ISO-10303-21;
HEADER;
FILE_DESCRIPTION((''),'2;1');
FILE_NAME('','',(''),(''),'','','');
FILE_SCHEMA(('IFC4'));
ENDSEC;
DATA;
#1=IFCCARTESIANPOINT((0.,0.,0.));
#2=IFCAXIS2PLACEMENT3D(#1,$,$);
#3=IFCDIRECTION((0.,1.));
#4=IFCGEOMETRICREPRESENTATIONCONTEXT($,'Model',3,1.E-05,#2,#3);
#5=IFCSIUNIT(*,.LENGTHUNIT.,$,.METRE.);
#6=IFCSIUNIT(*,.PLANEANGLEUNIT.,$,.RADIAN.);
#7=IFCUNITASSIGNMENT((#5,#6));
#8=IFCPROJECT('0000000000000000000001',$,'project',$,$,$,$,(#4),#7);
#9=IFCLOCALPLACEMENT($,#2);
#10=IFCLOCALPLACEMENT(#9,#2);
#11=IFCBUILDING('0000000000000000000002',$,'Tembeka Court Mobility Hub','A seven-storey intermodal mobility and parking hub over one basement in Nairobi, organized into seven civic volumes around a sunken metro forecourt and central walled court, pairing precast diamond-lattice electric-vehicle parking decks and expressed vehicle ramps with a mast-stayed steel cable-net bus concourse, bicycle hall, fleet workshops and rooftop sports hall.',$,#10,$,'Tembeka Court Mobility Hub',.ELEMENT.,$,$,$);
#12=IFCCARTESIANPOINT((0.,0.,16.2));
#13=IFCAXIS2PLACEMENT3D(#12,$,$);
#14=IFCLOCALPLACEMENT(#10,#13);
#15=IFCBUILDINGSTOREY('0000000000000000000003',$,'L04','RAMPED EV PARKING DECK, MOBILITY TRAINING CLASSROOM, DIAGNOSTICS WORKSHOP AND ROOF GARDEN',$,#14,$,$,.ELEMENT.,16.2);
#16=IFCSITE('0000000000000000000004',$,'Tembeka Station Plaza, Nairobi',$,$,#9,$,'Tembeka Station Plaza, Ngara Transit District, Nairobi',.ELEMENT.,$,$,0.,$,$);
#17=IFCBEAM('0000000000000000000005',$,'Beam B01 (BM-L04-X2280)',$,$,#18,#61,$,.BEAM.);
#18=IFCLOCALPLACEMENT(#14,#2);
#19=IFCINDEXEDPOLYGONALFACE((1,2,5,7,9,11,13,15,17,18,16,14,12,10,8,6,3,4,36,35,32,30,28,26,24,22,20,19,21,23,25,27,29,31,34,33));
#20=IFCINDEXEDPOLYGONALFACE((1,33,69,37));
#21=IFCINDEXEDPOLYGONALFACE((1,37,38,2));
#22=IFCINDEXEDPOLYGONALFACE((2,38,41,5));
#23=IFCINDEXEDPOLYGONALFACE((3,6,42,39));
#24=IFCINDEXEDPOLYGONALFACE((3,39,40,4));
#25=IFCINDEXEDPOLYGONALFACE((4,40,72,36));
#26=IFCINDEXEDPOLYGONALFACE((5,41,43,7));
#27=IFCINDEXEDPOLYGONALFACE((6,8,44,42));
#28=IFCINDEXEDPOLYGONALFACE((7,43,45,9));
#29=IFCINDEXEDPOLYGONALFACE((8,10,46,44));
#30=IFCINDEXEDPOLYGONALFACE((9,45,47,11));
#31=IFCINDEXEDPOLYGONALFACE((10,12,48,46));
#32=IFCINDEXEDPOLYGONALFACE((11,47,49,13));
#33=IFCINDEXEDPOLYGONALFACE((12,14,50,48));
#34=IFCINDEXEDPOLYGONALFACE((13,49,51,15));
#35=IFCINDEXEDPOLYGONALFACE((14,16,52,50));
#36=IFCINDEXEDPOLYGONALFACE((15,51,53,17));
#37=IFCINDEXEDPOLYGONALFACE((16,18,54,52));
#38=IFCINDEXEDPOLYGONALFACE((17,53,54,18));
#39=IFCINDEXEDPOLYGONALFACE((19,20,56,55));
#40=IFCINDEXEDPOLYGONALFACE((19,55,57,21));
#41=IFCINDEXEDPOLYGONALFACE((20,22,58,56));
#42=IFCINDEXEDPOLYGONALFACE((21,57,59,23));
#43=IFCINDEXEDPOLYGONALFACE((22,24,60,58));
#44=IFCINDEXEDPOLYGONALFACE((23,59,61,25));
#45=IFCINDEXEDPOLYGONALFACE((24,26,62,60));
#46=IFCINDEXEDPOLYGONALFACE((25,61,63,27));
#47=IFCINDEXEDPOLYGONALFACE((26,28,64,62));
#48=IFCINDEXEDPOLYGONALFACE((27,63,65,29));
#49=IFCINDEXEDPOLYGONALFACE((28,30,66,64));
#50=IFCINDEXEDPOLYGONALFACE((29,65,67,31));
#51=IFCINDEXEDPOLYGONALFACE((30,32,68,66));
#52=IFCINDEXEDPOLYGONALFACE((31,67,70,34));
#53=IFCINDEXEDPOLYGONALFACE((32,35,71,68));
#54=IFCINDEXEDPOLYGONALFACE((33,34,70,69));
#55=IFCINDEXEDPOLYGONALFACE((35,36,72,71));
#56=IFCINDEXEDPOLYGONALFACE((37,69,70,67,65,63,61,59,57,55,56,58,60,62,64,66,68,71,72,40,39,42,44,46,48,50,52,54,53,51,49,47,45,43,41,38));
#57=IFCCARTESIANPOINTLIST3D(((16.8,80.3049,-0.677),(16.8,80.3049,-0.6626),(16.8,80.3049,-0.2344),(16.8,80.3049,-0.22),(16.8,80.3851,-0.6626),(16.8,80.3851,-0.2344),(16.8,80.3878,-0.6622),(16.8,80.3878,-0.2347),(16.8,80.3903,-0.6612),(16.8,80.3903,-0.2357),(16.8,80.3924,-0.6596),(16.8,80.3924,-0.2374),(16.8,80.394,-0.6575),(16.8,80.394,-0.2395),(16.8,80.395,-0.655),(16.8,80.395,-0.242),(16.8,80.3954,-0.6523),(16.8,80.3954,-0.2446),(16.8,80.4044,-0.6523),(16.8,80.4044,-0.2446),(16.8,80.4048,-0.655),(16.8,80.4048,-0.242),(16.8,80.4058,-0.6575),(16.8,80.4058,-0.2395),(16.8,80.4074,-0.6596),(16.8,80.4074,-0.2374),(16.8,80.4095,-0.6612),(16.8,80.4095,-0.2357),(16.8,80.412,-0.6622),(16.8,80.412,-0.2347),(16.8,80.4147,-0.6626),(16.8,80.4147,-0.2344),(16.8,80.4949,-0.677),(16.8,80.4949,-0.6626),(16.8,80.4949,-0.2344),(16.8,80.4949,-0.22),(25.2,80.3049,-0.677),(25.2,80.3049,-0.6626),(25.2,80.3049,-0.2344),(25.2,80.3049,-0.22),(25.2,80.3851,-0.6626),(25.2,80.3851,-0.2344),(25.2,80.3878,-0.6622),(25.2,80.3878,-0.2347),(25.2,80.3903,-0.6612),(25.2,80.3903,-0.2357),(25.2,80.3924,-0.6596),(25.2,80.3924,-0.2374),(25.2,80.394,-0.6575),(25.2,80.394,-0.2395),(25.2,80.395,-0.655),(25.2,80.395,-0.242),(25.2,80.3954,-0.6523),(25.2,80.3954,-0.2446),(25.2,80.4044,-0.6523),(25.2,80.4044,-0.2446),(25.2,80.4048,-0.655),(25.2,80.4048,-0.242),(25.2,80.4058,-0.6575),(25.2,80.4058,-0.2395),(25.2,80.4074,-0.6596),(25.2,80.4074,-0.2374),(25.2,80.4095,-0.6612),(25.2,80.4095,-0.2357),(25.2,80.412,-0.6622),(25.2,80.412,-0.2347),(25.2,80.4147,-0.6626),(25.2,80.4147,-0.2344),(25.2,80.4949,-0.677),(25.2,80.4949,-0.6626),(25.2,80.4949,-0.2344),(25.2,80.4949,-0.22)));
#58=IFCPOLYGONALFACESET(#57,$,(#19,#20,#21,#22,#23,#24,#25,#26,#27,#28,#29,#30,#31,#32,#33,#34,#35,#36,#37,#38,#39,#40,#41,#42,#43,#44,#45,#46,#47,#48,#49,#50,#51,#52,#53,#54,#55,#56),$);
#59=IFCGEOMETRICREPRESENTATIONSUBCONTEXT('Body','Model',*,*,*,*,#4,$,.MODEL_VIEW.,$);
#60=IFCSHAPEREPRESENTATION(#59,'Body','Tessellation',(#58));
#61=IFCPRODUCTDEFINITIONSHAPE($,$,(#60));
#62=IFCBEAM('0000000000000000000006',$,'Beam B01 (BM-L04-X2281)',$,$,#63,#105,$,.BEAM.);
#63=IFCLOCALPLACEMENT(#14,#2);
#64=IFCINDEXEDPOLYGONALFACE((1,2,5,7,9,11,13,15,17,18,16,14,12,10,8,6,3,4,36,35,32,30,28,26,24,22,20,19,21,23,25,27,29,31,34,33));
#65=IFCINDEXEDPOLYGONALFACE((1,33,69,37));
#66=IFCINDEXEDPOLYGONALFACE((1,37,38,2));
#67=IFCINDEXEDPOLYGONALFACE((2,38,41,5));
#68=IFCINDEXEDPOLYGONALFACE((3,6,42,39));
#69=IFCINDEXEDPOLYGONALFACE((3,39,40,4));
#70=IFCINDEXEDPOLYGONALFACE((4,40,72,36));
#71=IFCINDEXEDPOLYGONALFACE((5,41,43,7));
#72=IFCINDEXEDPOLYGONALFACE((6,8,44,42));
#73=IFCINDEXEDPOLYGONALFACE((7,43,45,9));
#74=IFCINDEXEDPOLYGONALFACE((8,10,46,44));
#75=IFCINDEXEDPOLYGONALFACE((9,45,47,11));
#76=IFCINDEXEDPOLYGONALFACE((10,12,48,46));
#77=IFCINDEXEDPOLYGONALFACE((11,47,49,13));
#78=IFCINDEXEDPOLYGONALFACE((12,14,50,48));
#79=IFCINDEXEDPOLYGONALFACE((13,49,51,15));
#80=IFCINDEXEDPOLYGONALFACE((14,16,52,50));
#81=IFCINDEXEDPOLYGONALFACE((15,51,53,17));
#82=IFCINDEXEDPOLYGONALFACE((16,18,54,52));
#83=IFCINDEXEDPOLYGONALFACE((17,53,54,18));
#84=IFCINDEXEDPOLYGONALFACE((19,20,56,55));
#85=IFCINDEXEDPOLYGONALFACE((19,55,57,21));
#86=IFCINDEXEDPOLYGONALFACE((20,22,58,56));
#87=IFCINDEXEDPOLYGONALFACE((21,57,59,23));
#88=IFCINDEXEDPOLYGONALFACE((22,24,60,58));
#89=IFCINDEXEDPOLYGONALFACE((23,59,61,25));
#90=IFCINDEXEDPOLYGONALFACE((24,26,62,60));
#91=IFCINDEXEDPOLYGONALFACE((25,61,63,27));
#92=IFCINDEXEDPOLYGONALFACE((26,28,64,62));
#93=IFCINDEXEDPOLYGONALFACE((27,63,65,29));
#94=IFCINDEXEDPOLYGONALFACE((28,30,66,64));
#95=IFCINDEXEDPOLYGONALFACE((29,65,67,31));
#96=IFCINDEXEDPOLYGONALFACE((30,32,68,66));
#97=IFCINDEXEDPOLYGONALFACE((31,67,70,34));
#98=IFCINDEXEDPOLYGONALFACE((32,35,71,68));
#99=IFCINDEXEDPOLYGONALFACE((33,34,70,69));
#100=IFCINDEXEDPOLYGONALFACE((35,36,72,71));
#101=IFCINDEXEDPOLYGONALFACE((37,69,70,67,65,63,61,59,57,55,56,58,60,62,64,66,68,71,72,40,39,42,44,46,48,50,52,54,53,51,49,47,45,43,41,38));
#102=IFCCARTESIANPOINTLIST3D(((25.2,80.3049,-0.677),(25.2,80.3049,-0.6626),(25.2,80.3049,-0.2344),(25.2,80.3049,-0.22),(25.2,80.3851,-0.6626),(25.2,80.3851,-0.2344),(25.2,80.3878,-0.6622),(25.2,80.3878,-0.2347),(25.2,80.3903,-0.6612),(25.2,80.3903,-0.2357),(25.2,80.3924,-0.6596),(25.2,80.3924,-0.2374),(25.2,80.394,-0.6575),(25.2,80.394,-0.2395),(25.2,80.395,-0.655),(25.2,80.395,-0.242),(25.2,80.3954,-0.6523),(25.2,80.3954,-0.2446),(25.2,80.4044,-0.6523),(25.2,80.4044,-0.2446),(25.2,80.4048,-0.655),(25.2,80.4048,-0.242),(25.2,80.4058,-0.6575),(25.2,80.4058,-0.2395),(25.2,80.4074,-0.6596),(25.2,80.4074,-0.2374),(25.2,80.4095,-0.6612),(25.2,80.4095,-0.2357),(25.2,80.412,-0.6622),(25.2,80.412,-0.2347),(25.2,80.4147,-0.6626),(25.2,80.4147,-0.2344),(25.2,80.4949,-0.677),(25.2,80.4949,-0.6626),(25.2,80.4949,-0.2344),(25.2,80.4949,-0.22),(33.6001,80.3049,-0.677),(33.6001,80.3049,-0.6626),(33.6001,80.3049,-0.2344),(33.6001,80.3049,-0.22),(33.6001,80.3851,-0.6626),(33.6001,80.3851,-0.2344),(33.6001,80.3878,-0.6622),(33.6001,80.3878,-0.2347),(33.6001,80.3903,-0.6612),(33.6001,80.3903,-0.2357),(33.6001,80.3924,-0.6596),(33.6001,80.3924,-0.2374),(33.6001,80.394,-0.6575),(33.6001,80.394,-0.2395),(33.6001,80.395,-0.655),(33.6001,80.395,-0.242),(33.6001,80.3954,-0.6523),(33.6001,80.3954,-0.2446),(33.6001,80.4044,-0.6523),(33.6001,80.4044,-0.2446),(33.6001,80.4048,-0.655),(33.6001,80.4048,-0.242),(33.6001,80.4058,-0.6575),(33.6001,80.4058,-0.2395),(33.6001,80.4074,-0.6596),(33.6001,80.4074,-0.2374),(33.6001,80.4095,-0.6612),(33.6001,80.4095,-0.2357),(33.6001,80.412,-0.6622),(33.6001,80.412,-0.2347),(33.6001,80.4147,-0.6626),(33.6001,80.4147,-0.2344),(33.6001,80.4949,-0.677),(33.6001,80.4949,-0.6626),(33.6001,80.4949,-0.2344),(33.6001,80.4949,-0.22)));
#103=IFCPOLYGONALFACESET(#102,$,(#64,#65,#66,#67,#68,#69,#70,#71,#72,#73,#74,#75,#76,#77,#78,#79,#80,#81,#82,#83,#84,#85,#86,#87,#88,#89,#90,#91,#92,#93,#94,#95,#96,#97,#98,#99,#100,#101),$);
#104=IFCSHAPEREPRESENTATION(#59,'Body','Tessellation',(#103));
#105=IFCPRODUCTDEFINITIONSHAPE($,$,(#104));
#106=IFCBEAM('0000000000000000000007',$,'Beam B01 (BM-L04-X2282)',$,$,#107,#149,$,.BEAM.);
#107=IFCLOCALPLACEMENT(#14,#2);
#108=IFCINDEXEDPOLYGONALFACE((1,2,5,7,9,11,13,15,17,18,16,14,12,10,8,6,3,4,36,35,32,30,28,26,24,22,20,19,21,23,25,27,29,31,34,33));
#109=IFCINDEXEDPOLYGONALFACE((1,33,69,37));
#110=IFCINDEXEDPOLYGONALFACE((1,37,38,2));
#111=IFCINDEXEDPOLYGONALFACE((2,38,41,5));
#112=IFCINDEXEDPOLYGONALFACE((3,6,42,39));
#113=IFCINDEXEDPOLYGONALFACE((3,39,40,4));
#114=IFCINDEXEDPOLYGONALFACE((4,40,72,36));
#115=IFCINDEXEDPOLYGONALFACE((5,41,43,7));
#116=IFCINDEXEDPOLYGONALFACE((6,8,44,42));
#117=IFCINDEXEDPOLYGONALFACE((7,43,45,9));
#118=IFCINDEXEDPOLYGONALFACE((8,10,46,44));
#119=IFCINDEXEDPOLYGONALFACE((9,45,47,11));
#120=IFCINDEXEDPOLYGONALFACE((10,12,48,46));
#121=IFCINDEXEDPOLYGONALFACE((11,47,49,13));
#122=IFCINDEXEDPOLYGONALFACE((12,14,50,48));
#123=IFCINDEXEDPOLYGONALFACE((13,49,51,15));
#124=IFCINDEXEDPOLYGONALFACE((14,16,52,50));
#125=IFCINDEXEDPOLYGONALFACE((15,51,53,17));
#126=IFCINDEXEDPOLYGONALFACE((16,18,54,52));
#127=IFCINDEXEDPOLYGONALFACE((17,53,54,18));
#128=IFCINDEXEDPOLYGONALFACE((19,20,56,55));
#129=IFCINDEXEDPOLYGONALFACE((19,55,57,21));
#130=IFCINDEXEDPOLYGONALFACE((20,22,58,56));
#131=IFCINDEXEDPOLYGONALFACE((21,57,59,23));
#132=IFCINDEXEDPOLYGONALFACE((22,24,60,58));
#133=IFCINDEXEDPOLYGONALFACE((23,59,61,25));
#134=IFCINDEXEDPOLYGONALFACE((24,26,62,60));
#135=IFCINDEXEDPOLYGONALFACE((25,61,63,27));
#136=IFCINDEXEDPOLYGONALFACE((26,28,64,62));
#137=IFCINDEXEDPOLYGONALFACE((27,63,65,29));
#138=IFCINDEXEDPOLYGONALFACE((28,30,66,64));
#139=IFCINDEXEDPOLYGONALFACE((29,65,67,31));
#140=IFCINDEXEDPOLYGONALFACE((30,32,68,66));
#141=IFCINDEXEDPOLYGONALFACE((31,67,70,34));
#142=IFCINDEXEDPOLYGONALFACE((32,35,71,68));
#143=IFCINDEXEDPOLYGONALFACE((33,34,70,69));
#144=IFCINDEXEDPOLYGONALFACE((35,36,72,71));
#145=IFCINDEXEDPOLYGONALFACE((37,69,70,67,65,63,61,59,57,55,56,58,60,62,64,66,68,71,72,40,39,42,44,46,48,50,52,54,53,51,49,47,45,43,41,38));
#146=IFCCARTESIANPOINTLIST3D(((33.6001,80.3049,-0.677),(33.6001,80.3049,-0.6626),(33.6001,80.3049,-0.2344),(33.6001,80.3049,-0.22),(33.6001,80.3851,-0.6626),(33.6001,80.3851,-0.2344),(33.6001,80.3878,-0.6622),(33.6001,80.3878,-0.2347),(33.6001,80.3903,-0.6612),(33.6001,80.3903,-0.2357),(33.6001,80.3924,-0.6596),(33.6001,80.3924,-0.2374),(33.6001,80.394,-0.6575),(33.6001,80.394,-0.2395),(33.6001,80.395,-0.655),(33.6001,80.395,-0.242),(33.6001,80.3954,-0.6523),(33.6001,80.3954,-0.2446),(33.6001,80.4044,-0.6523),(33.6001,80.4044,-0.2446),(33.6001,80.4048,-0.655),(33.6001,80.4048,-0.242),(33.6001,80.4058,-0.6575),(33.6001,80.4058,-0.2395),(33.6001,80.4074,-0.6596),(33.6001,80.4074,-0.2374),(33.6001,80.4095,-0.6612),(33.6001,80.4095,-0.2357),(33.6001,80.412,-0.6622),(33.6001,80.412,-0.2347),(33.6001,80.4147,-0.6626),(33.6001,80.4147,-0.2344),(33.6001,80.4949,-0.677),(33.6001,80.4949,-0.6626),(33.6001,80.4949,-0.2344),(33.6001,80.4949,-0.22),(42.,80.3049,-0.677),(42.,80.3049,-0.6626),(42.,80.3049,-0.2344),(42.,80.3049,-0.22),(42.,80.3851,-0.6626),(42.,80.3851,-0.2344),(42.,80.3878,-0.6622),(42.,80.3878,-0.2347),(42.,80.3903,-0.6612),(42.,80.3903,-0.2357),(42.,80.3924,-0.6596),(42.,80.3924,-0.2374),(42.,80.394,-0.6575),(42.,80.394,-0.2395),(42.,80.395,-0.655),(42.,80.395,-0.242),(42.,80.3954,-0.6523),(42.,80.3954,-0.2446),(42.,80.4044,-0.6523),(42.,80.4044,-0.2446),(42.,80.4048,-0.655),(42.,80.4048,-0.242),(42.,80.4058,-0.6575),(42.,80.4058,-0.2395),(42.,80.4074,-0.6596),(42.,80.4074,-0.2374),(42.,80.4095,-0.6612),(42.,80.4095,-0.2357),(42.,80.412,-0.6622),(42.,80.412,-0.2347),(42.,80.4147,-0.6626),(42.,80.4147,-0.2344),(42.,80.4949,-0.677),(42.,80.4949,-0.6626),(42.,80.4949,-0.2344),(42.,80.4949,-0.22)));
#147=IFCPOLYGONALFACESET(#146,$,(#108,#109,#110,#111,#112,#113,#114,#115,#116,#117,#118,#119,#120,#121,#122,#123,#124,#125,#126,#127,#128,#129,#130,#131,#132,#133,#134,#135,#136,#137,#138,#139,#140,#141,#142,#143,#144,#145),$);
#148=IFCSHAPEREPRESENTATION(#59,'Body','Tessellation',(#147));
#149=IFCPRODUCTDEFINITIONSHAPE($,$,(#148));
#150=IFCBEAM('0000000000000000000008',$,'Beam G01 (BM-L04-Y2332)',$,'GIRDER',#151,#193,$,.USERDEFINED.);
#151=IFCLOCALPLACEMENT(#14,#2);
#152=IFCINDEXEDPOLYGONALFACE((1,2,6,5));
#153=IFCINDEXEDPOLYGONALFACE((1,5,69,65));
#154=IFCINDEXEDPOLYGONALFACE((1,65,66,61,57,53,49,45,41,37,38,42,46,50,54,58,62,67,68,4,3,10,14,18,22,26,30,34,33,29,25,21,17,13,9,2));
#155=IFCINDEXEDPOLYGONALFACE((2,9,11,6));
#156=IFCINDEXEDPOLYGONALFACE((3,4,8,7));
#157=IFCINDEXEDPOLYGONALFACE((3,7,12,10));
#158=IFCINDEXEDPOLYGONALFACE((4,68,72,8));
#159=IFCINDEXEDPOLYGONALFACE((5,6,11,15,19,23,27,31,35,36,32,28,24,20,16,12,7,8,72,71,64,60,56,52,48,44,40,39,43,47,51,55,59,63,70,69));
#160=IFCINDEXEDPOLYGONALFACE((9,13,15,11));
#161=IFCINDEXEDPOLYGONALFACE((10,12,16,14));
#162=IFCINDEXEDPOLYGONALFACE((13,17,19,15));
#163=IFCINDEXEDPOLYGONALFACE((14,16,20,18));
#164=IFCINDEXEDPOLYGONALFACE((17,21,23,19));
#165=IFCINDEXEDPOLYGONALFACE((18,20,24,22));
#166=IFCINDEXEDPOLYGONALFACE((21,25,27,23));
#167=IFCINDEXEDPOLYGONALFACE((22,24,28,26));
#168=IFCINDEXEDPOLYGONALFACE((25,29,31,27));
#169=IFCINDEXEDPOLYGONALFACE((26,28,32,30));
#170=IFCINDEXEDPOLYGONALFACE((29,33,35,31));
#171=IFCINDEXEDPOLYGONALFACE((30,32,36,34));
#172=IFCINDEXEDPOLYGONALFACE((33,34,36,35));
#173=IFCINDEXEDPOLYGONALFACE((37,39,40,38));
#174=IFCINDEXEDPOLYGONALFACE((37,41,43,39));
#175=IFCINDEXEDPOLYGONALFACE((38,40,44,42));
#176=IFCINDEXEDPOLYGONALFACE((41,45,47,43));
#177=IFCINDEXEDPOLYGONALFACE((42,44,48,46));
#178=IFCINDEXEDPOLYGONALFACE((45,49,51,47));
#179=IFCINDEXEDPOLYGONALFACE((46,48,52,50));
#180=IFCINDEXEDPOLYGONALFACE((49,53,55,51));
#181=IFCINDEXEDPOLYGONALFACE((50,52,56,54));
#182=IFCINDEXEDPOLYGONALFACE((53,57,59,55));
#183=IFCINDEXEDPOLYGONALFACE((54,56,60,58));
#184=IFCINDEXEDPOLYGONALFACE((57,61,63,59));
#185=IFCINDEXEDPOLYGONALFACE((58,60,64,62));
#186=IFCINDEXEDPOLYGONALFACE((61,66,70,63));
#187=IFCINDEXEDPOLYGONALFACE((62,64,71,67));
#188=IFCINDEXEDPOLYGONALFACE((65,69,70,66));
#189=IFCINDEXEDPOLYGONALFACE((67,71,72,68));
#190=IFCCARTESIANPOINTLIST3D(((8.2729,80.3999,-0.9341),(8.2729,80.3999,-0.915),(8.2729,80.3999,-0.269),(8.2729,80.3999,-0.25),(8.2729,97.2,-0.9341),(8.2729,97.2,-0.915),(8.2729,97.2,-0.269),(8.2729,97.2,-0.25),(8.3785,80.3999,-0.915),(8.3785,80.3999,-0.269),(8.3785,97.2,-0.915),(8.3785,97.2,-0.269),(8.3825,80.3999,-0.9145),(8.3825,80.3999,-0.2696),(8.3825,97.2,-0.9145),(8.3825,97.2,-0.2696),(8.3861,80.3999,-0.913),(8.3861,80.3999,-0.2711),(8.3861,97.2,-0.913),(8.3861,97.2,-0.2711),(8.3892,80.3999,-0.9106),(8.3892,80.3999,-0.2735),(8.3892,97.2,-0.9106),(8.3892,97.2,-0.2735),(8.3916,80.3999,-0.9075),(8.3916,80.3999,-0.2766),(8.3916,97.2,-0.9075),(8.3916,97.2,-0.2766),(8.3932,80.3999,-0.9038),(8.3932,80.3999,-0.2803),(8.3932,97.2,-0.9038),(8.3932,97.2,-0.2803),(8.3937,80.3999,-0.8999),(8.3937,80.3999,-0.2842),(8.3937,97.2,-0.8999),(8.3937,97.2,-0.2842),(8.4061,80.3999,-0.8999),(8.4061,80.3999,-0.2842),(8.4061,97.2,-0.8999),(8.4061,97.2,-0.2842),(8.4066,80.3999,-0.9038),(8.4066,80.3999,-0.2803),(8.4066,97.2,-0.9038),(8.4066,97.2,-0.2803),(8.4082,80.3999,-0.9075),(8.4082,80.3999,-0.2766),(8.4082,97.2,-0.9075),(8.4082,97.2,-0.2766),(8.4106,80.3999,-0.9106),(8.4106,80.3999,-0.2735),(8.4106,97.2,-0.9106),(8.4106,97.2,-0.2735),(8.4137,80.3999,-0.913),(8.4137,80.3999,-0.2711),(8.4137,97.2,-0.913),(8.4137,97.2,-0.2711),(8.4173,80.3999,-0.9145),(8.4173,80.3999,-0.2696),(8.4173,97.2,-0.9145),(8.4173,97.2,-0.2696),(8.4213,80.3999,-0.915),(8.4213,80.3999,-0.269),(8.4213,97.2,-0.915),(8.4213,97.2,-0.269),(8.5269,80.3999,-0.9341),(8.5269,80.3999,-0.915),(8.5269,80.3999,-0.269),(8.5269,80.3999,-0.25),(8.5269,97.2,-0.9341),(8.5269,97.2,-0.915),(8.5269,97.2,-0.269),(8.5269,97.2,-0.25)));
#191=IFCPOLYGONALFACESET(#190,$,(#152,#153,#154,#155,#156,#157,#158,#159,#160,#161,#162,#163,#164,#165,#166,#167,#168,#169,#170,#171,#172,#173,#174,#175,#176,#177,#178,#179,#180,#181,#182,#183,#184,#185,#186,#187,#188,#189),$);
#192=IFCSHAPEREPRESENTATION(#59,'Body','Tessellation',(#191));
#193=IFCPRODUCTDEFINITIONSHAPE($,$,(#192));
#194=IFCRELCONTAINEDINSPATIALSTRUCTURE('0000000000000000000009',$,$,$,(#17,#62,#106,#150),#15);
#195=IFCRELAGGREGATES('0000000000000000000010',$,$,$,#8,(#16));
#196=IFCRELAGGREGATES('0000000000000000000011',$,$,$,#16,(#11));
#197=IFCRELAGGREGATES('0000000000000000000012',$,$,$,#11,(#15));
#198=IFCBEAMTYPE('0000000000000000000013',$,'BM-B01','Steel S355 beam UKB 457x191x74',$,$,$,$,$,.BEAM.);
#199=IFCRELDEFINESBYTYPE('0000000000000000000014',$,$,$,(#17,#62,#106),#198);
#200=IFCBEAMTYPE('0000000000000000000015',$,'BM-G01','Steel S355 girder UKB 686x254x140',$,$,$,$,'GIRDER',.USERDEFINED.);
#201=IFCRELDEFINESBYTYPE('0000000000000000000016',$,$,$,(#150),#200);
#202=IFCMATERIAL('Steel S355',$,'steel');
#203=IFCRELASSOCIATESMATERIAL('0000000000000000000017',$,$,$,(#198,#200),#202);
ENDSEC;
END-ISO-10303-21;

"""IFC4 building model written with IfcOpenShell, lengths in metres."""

from ifc_helpers import new_model, si_unit, direction, frame, origin, origin_2d, place, context, subcontext, project, spatial, i_section, extrude, material, material_profile, profile_set, type_object, element, save


model = new_model("IFC4")

# Units and contexts
model_context = context("Model", 3, precision=1e-05, world=origin(), true_north=direction((0.0, 1.0)))
body_context = subcontext(model_context, "Body", "Model", "MODEL_VIEW")
ifc_project = project(units=[si_unit("LENGTHUNIT", "METRE"), si_unit("PLANEANGLEUNIT", "RADIAN")], contexts=[model_context])

# Site, building, storey
site_placement = place(None, origin())
site = spatial("IfcSite", under=ifc_project, at=site_placement, Name="Tembeka Station Plaza, Nairobi", LongName="Tembeka Station Plaza, Ngara Transit District, Nairobi", CompositionType="ELEMENT", RefElevation=0.0)
building_placement = place(site_placement, origin())
building = spatial("IfcBuilding", under=site, at=building_placement, Name="Tembeka Court Mobility Hub", Description="A seven-storey intermodal mobility and parking hub over one basement in Nairobi, organized into seven civic volumes around a sunken metro forecourt and central walled court, pairing precast diamond-lattice electric-vehicle parking decks and expressed vehicle ramps with a mast-stayed steel cable-net bus concourse, bicycle hall, fleet workshops and rooftop sports hall.", LongName="Tembeka Court Mobility Hub", CompositionType="ELEMENT")
storey_placement = place(building_placement, frame((0.0, 0.0, 16.2)))
storey = spatial("IfcBuildingStorey", under=building, at=storey_placement, Name="L04", Description="RAMPED EV PARKING DECK, MOBILITY TRAINING CLASSROOM, DIAGNOSTICS WORKSHOP AND ROOF GARDEN", CompositionType="ELEMENT", Elevation=16.2)

# Shared definitions
ifc_material = material(Name="Steel S355", Category="steel")

# Beams
ifc_material_profile_1 = material_profile(ifc_material, i_section(OverallWidth=0.1899, OverallDepth=0.457, WebThickness=0.009, FlangeThickness=0.0144, FilletRadius=0.0103, at=origin_2d()), Name="UKB 457x191x74")
ifc_profile_set_1 = profile_set([ifc_material_profile_1], Name="Steel S355")
beam_type_1 = type_object("IfcBeamType", Name="BM-B01", Description="Steel S355 beam UKB 457x191x74", PredefinedType="BEAM", material=ifc_profile_set_1)
beam_1_placement = place(storey_placement, frame((16.8, 80.3999, -0.4485), z_axis=(1.0, 0.0, 0.0), x_axis=(0.0, 1.0, 0.0)))
element("IfcBeam", 1, at=beam_1_placement, inside=storey, type_object=beam_type_1, Name="Beam B01 (BM-L04-X2280)", PredefinedType="BEAM", context=body_context, shape_type="SweptSolid", body=[
    extrude(i_section(OverallWidth=0.1899, OverallDepth=0.457, WebThickness=0.009, FlangeThickness=0.0144, FilletRadius=0.0103, at=origin_2d()), origin(), (0.0, 0.0, 1.0), 8.3999),
])
beam_2_placement = place(storey_placement, frame((25.2, 80.3999, -0.4485), z_axis=(1.0, 0.0, 0.0), x_axis=(0.0, 1.0, 0.0)))
element("IfcBeam", 2, at=beam_2_placement, inside=storey, type_object=beam_type_1, Name="Beam B01 (BM-L04-X2281)", PredefinedType="BEAM", context=body_context, shape_type="SweptSolid", body=[
    extrude(i_section(OverallWidth=0.1899, OverallDepth=0.457, WebThickness=0.009, FlangeThickness=0.0144, FilletRadius=0.0103, at=origin_2d()), origin(), (0.0, 0.0, 1.0), 8.4001),
])
beam_3_placement = place(storey_placement, frame((33.6001, 80.3999, -0.4485), z_axis=(1.0, 0.0, 0.0), x_axis=(0.0, 1.0, 0.0)))
element("IfcBeam", 3, at=beam_3_placement, inside=storey, type_object=beam_type_1, Name="Beam B01 (BM-L04-X2282)", PredefinedType="BEAM", context=body_context, shape_type="SweptSolid", body=[
    extrude(i_section(OverallWidth=0.1899, OverallDepth=0.457, WebThickness=0.009, FlangeThickness=0.0144, FilletRadius=0.0103, at=origin_2d()), origin(), (0.0, 0.0, 1.0), 8.3999),
])
ifc_material_profile_2 = material_profile(ifc_material, i_section(OverallWidth=0.2539, OverallDepth=0.6841, WebThickness=0.0125, FlangeThickness=0.019, FilletRadius=0.0151, at=origin_2d()), Name="UKB 686x254x140")
ifc_profile_set_2 = profile_set([ifc_material_profile_2], Name="Steel S355")
beam_type_2 = type_object("IfcBeamType", Name="BM-G01", Description="Steel S355 girder UKB 686x254x140", ElementType="GIRDER", PredefinedType="USERDEFINED", material=ifc_profile_set_2)
for number, where, z_axis, x_axis, name in (
    (4, (8.3999, 80.3999, -0.592), (0.0, 1.0, 0.0), (-1.0, 0.0, 0.0), "Beam G01 (BM-L04-Y2332)"),
):
    element("IfcBeam", number, at=place(storey_placement, frame(where, z_axis=z_axis, x_axis=x_axis)), inside=storey, type_object=beam_type_2, Name=name, ObjectType="GIRDER", PredefinedType="USERDEFINED", context=body_context, shape_type="SweptSolid", body=[
        extrude(i_section(OverallWidth=0.2539, OverallDepth=0.6841, WebThickness=0.0125, FlangeThickness=0.019, FilletRadius=0.0151, at=origin_2d()), origin(), (0.0, 0.0, 1.0), 16.8),
    ])

save(model, "model.ifc")
